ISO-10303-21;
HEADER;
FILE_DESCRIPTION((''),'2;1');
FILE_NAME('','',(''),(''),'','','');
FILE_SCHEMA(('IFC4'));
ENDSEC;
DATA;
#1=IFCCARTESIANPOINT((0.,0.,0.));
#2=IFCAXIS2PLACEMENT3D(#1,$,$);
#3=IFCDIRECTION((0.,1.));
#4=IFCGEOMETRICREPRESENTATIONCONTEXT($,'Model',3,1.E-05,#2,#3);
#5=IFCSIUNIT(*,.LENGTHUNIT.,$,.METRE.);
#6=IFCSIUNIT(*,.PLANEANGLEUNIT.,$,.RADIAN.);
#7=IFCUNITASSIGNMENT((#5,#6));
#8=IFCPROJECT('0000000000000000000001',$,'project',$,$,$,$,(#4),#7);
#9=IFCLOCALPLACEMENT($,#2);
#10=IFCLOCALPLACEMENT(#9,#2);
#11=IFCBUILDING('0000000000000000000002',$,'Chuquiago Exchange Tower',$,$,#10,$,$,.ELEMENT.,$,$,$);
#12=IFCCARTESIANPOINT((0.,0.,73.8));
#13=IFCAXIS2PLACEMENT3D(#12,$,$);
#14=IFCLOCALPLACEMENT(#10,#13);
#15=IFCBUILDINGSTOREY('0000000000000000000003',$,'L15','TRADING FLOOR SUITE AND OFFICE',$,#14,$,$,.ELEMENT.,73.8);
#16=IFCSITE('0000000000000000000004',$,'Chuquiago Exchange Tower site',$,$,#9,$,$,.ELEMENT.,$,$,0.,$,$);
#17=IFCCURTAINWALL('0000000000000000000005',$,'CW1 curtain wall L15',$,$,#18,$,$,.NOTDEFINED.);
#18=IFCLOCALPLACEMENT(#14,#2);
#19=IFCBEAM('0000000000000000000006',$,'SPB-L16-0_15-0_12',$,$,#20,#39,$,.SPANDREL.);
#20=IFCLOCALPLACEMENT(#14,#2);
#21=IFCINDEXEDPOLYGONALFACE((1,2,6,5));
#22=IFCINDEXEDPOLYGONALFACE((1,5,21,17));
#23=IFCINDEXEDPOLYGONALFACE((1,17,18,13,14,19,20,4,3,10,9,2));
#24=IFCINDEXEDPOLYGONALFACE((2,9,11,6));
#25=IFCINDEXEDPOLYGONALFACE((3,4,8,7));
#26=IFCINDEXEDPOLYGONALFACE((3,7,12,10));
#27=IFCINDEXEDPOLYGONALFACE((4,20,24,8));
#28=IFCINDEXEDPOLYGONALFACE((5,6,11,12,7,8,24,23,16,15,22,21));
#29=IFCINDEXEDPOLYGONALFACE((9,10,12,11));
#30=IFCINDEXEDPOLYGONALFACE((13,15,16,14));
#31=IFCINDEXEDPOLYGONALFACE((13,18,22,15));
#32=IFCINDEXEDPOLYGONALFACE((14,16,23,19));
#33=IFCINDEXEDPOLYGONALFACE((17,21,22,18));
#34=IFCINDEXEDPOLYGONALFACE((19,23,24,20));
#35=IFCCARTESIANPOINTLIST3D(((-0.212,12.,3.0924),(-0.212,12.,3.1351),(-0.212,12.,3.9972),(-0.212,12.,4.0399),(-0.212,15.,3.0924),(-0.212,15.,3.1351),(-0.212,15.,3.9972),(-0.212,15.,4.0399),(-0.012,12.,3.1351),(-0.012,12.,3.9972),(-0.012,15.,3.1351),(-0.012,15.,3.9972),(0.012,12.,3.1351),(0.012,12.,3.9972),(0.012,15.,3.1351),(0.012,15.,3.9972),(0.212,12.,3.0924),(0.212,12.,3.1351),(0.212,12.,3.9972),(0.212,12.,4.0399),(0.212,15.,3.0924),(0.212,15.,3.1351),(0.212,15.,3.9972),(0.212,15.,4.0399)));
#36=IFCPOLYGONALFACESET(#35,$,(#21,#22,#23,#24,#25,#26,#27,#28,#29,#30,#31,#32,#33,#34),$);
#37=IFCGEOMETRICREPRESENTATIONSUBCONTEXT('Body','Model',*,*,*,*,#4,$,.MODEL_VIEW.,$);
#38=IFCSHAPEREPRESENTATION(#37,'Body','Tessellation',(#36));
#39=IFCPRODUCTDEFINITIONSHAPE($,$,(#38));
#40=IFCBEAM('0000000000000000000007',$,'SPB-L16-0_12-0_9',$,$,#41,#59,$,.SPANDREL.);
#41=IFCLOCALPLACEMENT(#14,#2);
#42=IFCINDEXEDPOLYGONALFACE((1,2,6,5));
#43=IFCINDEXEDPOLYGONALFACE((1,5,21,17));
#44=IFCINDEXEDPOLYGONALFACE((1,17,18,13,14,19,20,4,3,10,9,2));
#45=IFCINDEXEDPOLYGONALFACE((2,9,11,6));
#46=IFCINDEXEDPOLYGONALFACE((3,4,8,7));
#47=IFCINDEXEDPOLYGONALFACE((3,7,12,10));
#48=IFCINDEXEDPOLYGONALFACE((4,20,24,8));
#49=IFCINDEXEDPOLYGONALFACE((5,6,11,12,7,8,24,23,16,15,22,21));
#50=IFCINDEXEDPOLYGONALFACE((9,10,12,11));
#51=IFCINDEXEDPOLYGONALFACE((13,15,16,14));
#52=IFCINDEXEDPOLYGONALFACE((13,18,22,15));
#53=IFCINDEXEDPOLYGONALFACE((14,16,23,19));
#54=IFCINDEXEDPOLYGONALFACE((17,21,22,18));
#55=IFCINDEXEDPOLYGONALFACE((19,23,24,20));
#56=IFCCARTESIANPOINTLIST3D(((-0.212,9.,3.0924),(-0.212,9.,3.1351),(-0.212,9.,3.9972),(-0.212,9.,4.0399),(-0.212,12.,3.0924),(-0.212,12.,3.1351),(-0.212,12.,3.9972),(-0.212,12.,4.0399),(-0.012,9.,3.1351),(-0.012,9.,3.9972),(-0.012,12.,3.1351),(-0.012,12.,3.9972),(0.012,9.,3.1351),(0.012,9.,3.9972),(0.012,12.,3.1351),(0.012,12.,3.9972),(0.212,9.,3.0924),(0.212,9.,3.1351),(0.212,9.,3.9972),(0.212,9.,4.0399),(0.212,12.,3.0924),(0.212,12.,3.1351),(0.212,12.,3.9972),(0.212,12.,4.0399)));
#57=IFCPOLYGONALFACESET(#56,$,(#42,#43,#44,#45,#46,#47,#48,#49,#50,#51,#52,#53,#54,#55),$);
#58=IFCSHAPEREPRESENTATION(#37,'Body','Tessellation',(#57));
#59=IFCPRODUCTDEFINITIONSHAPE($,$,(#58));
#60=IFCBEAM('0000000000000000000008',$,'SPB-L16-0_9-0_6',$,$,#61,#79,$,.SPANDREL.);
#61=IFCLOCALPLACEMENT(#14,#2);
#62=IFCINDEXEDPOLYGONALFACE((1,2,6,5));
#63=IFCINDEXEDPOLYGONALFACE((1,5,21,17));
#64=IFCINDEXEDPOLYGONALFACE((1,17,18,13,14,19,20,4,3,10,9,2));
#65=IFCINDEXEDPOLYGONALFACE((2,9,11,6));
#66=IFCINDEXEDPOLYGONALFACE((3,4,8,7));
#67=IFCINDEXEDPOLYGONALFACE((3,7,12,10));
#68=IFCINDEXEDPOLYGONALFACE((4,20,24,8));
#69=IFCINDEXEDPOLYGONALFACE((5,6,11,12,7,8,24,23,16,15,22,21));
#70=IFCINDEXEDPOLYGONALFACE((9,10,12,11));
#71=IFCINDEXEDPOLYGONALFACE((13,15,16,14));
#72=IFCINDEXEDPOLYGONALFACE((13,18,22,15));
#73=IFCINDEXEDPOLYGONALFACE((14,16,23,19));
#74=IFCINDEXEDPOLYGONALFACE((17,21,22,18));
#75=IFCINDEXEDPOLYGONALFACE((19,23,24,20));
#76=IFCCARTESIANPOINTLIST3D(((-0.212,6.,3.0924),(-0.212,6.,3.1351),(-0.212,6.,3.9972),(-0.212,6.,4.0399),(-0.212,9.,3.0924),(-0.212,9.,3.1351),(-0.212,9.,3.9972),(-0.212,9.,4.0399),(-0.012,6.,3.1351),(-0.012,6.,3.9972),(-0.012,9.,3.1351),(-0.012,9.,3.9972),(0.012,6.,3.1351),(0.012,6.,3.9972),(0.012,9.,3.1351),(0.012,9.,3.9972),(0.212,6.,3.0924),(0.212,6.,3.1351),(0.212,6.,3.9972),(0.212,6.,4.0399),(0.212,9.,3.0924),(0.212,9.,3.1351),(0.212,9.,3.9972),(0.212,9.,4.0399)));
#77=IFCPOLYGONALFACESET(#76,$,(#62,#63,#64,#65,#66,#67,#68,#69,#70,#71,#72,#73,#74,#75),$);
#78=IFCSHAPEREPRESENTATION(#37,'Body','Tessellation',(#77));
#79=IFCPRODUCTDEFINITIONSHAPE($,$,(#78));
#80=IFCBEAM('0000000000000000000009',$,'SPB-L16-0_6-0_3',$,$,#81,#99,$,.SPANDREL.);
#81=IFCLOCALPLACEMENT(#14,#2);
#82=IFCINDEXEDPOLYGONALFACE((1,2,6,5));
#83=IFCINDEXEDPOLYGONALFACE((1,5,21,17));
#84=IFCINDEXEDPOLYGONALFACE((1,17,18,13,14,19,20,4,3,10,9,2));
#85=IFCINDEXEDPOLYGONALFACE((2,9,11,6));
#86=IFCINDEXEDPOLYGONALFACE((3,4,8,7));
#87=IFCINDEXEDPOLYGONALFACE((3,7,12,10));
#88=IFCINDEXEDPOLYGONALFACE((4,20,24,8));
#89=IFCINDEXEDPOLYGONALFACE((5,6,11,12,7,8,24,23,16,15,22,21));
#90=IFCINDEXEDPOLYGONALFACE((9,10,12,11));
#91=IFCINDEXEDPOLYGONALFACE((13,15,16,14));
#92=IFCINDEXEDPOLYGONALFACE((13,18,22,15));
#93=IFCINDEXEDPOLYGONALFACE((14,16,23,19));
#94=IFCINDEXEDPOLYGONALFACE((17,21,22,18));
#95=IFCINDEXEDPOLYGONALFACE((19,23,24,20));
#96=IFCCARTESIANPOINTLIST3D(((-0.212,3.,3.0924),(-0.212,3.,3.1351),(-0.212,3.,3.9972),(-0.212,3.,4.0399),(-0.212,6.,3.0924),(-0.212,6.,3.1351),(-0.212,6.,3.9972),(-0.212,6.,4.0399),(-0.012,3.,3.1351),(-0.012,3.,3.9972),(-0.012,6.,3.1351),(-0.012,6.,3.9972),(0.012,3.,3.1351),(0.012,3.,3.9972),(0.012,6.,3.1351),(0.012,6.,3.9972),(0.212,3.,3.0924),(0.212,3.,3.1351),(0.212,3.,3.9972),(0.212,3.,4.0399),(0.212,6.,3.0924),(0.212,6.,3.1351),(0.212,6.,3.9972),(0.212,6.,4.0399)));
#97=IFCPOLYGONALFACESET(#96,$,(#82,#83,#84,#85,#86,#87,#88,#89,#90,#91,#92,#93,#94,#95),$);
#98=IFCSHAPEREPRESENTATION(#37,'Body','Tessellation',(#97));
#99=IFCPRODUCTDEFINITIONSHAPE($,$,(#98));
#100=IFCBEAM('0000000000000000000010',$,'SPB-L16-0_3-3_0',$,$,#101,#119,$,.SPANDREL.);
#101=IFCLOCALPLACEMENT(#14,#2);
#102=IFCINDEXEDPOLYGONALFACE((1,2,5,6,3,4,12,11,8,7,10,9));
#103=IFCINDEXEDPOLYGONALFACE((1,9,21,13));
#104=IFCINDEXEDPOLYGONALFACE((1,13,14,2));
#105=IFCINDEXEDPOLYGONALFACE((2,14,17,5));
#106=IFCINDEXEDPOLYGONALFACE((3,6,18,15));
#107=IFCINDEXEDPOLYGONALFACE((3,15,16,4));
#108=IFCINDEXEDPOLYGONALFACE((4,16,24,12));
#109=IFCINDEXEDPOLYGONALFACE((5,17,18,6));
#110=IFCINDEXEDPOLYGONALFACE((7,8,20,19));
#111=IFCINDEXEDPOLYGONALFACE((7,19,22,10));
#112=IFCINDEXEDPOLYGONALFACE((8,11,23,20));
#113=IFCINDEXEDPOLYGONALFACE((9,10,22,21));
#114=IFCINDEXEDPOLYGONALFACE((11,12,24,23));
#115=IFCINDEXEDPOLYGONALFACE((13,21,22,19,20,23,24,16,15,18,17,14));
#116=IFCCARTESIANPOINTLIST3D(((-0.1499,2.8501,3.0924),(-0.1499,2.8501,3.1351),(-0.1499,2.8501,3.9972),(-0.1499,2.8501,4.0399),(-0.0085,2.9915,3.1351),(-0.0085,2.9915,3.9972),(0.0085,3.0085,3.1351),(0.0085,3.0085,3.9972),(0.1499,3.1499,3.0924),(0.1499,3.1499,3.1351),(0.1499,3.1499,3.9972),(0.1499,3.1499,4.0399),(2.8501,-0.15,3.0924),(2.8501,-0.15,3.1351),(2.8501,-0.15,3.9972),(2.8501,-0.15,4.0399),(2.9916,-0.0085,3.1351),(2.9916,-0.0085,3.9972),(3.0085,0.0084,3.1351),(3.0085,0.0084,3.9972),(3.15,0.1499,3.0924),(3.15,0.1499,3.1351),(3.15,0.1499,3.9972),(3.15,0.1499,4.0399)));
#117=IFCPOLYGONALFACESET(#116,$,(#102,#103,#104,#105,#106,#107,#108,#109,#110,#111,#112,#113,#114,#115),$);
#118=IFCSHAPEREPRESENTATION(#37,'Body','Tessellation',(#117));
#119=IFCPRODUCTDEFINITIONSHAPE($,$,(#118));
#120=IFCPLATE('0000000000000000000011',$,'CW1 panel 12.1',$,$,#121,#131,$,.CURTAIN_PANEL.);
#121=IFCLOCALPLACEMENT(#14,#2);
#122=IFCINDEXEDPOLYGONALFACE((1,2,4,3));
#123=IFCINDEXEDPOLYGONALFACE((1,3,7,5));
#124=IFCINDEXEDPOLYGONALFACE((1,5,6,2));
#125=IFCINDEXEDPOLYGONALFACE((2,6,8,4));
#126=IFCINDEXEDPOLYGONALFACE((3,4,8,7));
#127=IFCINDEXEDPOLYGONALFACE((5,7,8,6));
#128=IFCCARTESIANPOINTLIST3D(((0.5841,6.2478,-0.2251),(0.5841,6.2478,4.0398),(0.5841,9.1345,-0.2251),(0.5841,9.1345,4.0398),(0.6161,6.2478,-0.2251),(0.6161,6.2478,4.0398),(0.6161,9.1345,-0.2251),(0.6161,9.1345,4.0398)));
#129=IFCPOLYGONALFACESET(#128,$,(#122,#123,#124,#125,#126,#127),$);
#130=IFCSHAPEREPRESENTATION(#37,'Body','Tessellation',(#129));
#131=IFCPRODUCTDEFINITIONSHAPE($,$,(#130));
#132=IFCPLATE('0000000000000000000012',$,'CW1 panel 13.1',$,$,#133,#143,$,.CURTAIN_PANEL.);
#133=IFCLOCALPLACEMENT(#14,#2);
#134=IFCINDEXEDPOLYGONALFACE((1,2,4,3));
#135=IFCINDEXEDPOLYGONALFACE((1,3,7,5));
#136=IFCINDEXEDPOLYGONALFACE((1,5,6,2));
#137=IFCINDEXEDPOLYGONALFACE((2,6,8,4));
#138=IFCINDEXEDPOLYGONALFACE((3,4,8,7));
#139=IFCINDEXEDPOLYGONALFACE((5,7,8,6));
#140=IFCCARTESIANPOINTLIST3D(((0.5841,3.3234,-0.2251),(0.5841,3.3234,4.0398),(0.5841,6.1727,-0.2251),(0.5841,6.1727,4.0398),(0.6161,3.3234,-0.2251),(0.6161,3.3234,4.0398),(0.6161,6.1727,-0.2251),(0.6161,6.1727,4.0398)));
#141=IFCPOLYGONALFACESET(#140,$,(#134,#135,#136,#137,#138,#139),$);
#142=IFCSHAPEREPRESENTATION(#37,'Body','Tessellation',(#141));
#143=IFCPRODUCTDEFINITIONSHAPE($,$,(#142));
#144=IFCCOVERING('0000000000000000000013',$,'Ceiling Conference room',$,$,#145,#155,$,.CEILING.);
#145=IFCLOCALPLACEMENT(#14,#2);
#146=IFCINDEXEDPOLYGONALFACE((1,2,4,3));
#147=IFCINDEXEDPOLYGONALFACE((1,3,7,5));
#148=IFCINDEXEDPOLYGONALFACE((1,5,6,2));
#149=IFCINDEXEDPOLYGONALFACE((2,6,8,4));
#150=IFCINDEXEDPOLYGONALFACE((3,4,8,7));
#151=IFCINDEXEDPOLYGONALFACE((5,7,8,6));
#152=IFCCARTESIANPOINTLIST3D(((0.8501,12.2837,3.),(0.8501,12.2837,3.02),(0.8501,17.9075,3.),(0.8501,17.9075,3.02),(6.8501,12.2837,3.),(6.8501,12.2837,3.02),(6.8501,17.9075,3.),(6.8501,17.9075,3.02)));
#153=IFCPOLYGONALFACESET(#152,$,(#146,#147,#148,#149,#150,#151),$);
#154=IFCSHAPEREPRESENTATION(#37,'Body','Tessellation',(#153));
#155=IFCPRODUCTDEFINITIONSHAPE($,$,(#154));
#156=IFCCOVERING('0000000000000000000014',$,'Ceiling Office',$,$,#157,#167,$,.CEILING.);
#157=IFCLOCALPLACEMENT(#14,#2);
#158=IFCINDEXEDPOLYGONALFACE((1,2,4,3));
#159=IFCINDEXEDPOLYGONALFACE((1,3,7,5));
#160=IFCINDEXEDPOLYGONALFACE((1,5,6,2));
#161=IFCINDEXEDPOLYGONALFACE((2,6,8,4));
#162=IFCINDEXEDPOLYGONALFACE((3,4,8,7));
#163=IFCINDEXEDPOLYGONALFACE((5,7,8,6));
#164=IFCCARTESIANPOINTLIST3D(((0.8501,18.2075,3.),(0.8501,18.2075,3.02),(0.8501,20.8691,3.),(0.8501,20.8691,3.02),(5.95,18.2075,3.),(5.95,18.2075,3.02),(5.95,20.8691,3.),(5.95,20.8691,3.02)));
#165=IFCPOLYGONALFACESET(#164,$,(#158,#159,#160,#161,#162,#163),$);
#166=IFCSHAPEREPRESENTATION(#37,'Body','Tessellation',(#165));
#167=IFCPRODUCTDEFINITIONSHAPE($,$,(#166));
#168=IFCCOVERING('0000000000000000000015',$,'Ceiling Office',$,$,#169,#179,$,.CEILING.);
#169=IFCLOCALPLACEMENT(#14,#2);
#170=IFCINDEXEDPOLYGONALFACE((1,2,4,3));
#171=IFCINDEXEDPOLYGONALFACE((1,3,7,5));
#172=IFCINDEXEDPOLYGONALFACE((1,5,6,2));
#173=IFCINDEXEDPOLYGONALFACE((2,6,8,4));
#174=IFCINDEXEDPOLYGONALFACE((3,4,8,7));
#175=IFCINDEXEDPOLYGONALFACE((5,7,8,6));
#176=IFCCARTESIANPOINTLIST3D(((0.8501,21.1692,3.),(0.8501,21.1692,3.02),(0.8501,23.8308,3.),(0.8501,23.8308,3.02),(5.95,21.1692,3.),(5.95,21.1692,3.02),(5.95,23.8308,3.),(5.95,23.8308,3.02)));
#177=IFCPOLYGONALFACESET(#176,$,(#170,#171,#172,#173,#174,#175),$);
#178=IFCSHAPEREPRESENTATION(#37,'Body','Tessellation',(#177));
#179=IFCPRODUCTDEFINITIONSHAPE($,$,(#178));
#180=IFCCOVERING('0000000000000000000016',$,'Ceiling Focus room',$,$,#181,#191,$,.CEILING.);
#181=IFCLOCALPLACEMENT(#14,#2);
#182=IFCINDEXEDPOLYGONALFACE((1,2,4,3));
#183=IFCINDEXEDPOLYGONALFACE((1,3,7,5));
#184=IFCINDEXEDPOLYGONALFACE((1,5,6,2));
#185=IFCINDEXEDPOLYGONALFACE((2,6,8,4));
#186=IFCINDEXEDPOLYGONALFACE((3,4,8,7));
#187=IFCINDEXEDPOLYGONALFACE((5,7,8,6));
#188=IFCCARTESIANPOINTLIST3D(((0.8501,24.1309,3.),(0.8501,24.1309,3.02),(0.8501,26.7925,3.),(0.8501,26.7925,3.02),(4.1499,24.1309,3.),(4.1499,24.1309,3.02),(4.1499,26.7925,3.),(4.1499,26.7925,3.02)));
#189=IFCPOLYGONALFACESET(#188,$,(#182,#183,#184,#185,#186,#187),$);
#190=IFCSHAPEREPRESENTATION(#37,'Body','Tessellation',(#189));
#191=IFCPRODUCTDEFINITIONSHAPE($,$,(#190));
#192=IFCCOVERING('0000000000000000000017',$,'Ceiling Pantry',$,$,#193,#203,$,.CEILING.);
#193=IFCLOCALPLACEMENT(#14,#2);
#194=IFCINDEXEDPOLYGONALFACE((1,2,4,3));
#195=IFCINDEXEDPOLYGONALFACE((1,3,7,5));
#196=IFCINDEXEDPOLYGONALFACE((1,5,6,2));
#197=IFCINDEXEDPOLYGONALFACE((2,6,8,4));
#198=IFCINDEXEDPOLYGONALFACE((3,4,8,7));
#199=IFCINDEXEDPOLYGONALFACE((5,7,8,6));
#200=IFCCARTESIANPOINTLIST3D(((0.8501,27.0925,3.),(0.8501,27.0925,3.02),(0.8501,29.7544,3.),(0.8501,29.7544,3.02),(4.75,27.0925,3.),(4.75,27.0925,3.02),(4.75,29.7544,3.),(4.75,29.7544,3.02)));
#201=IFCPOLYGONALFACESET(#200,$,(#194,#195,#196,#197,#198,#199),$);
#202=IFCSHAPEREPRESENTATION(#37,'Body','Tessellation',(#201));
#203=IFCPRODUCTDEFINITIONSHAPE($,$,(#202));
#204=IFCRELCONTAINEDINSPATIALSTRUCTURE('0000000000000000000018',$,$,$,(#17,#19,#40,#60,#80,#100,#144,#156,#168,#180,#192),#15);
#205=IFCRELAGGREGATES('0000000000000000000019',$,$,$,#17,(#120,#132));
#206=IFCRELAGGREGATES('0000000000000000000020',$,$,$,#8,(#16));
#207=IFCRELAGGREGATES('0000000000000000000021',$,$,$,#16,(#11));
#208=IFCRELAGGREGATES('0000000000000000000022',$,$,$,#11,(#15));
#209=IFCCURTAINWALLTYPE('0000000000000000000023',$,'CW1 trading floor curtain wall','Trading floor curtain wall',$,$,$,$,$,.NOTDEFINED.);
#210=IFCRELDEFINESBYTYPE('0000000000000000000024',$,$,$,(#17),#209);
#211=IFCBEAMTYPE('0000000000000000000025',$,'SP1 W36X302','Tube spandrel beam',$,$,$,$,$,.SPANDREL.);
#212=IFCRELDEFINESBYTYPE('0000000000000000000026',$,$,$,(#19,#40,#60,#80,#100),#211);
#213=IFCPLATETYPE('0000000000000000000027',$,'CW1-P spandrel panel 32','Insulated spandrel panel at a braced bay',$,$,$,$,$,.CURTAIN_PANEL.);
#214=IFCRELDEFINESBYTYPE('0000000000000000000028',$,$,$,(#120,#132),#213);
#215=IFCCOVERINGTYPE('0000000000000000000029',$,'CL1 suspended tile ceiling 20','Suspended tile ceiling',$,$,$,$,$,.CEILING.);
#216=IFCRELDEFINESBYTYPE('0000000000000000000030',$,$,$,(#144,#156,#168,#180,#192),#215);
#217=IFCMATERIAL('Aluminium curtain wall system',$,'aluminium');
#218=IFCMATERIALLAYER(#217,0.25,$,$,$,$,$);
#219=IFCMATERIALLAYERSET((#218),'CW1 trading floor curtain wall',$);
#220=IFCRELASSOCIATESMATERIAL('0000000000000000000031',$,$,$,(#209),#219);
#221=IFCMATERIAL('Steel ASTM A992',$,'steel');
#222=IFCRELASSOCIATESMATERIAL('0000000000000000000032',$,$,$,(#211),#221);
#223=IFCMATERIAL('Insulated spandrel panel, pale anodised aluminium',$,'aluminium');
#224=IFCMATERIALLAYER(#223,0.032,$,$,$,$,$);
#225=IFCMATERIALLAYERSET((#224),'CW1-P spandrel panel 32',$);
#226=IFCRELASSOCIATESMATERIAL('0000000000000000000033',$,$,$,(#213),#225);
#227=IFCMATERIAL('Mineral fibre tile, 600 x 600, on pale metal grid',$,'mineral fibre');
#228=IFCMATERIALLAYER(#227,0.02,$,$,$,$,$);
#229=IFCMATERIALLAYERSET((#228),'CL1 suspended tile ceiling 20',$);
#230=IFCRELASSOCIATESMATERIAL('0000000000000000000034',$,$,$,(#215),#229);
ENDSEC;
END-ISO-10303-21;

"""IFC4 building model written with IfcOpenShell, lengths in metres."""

from ifc_helpers import new_model, si_unit, direction, frame, origin, origin_2d, place, context, subcontext, project, spatial, polyline, rectangle, i_section, outline, extrude, material, layer, layer_set, material_profile, profile_set, type_object, element, aggregate, save


model = new_model("IFC4")

# Units and contexts
model_context = context("Model", 3, precision=1e-05, world=origin(), true_north=direction((0.0, 1.0)))
body_context = subcontext(model_context, "Body", "Model", "MODEL_VIEW")
ifc_project = project(units=[si_unit("LENGTHUNIT", "METRE"), si_unit("PLANEANGLEUNIT", "RADIAN")], contexts=[model_context])

# Site, building, storey
site_placement = place(None, origin())
site = spatial("IfcSite", under=ifc_project, at=site_placement, Name="Chuquiago Exchange Tower site", CompositionType="ELEMENT", RefElevation=0.0)
building_placement = place(site_placement, origin())
building = spatial("IfcBuilding", under=site, at=building_placement, Name="Chuquiago Exchange Tower", CompositionType="ELEMENT")
storey_placement = place(building_placement, frame((0.0, 0.0, 73.8)))
storey = spatial("IfcBuildingStorey", under=building, at=storey_placement, Name="L15", Description="TRADING FLOOR SUITE AND OFFICE", CompositionType="ELEMENT", Elevation=73.8)

# Curtain wall
ifc_material_1 = material(Name="Aluminium curtain wall system", Category="aluminium")
ifc_layer_1 = layer(ifc_material_1, 0.25)
ifc_layer_set_1 = layer_set([ifc_layer_1], Name="CW1 trading floor curtain wall")
curtain_wall_type = type_object("IfcCurtainWallType", Name="CW1 trading floor curtain wall", Description="Trading floor curtain wall", PredefinedType="NOTDEFINED", material=ifc_layer_set_1)
curtain_wall_placement = place(storey_placement, origin())
curtain_wall = element("IfcCurtainWall", 1, at=curtain_wall_placement, inside=storey, type_object=curtain_wall_type, Name="CW1 curtain wall L15", PredefinedType="NOTDEFINED")

# Beams
ifc_material_2 = material(Name="Steel ASTM A992", Category="steel")
ifc_material_profile_1 = material_profile(ifc_material_2, i_section(OverallWidth=0.4241, OverallDepth=0.9475, WebThickness=0.0239, FlangeThickness=0.0427, at=origin_2d()), Name="W36X302")
ifc_profile_set_1 = profile_set([ifc_material_profile_1], Name="Steel ASTM A992")
beam_type = type_object("IfcBeamType", Name="SP1 W36X302", Description="Tube spandrel beam", PredefinedType="SPANDREL", material=ifc_profile_set_1)
for number, where, z_axis, x_axis, name in (
    (2, (0.0, 15.0, 3.5662), (0.0, -1.0, 0.0), (1.0, 0.0, 0.0), "SPB-L16-0_15-0_12"),
    (3, (0.0, 12.0, 3.5662), (0.0, -1.0, 0.0), (1.0, 0.0, 0.0), "SPB-L16-0_12-0_9"),
    (4, (0.0, 9.0, 3.5662), (0.0, -1.0, 0.0), (1.0, 0.0, 0.0), "SPB-L16-0_9-0_6"),
    (5, (0.0, 6.0, 3.5662), (0.0, -1.0, 0.0), (1.0, 0.0, 0.0), "SPB-L16-0_6-0_3"),
):
    element("IfcBeam", number, at=place(storey_placement, frame(where, z_axis=z_axis, x_axis=x_axis)), inside=storey, type_object=beam_type, Name=name, PredefinedType="SPANDREL", context=body_context, shape_type="SweptSolid", body=[
        extrude(i_section(OverallWidth=0.4241, OverallDepth=0.9475, WebThickness=0.0239, FlangeThickness=0.0427, at=origin_2d()), origin(), (0.0, 0.0, 1.0), 3.0),
    ])
beam_placement = place(storey_placement, frame((0.0, 3.0, 3.5662), z_axis=(0.707107, -0.707107, 0.0), x_axis=(0.707107, 0.707107, 0.0)))
element("IfcBeam", 6, at=beam_placement, inside=storey, type_object=beam_type, Name="SPB-L16-0_3-3_0", PredefinedType="SPANDREL", context=body_context, shape_type="SweptSolid", body=[
    extrude(i_section(OverallWidth=0.4241, OverallDepth=0.9475, WebThickness=0.0239, FlangeThickness=0.0427, at=origin_2d()), origin(), (0.0, 0.0, 1.0), 4.2427),
])

# Plates
ifc_material_3 = material(Name="Insulated spandrel panel, pale anodised aluminium", Category="aluminium")
ifc_layer_2 = layer(ifc_material_3, 0.032)
ifc_layer_set_2 = layer_set([ifc_layer_2], Name="CW1-P spandrel panel 32")
plate_type = type_object("IfcPlateType", Name="CW1-P spandrel panel 32", Description="Insulated spandrel panel at a braced bay", PredefinedType="CURTAIN_PANEL", material=ifc_layer_set_2)
plate_1_placement = place(storey_placement, frame((0.6001, 7.6912, -0.2251), z_axis=(0.0, 0.0, 1.0), x_axis=(0.0, -1.0, 0.0)))
plate_1 = element("IfcPlate", 7, at=plate_1_placement, type_object=plate_type, Name="CW1 panel 12.1", PredefinedType="CURTAIN_PANEL", context=body_context, shape_type="SweptSolid", body=[
    extrude(rectangle(XDim=2.8867, YDim=0.032, at=origin_2d()), origin(), (0.0, 0.0, 1.0), 4.2649),
])
plate_2_placement = place(storey_placement, frame((0.6001, 4.748, -0.2251), z_axis=(0.0, 0.0, 1.0), x_axis=(0.0, -1.0, 0.0)))
plate_2 = element("IfcPlate", 8, at=plate_2_placement, type_object=plate_type, Name="CW1 panel 13.1", PredefinedType="CURTAIN_PANEL", context=body_context, shape_type="SweptSolid", body=[
    extrude(rectangle(XDim=2.8494, YDim=0.032, at=origin_2d()), origin(), (0.0, 0.0, 1.0), 4.2649),
])
aggregate(curtain_wall, [plate_1, plate_2])

# Coverings
ifc_material_4 = material(Name="Mineral fibre tile, 600 x 600, on pale metal grid", Category="mineral fibre")
ifc_layer_3 = layer(ifc_material_4, 0.02)
ifc_layer_set_3 = layer_set([ifc_layer_3], Name="CL1 suspended tile ceiling 20")
covering_type_1 = type_object("IfcCoveringType", Name="CL1 suspended tile ceiling 20", Description="Suspended tile ceiling", PredefinedType="CEILING", material=ifc_layer_set_3)
covering_1_placement = place(storey_placement, frame((0.0, 0.0, 3.0)))
element("IfcCovering", 9, at=covering_1_placement, inside=storey, type_object=covering_type_1, Name="Ceiling Conference room", PredefinedType="CEILING", context=body_context, shape_type="SweptSolid", body=[
    extrude(outline(polyline([(6.8501, 17.9075), (6.8501, 12.2837), (0.8501, 12.2837), (0.8501, 17.9075), (6.8501, 17.9075)])), origin(), (0.0, 0.0, 1.0), 0.02),
])
covering_2_placement = place(storey_placement, frame((0.0, 0.0, 3.0)))
element("IfcCovering", 10, at=covering_2_placement, inside=storey, type_object=covering_type_1, Name="Ceiling Office", PredefinedType="CEILING", context=body_context, shape_type="SweptSolid", body=[
    extrude(outline(polyline([(5.95, 20.8691), (5.95, 18.2075), (0.8501, 18.2075), (0.8501, 20.8691), (5.95, 20.8691)])), origin(), (0.0, 0.0, 1.0), 0.02),
])
covering_3_placement = place(storey_placement, frame((0.0, 0.0, 3.0)))
element("IfcCovering", 11, at=covering_3_placement, inside=storey, type_object=covering_type_1, Name="Ceiling Office", PredefinedType="CEILING", context=body_context, shape_type="SweptSolid", body=[
    extrude(outline(polyline([(5.95, 23.8308), (5.95, 21.1692), (0.8501, 21.1692), (0.8501, 23.8308), (5.95, 23.8308)])), origin(), (0.0, 0.0, 1.0), 0.02),
])
covering_4_placement = place(storey_placement, frame((0.0, 0.0, 3.0)))
element("IfcCovering", 12, at=covering_4_placement, inside=storey, type_object=covering_type_1, Name="Ceiling Focus room", PredefinedType="CEILING", context=body_context, shape_type="SweptSolid", body=[
    extrude(outline(polyline([(4.1499, 26.7925), (4.1499, 24.1309), (0.8501, 24.1309), (0.8501, 26.7925), (4.1499, 26.7925)])), origin(), (0.0, 0.0, 1.0), 0.02),
])
covering_5_placement = place(storey_placement, frame((0.0, 0.0, 3.0)))
element("IfcCovering", 13, at=covering_5_placement, inside=storey, type_object=covering_type_1, Name="Ceiling Pantry", PredefinedType="CEILING", context=body_context, shape_type="SweptSolid", body=[
    extrude(outline(polyline([(4.75, 29.7544), (4.75, 27.0925), (0.8501, 27.0925), (0.8501, 29.7544), (4.75, 29.7544)])), origin(), (0.0, 0.0, 1.0), 0.02),
])

save(model, "model.ifc")
